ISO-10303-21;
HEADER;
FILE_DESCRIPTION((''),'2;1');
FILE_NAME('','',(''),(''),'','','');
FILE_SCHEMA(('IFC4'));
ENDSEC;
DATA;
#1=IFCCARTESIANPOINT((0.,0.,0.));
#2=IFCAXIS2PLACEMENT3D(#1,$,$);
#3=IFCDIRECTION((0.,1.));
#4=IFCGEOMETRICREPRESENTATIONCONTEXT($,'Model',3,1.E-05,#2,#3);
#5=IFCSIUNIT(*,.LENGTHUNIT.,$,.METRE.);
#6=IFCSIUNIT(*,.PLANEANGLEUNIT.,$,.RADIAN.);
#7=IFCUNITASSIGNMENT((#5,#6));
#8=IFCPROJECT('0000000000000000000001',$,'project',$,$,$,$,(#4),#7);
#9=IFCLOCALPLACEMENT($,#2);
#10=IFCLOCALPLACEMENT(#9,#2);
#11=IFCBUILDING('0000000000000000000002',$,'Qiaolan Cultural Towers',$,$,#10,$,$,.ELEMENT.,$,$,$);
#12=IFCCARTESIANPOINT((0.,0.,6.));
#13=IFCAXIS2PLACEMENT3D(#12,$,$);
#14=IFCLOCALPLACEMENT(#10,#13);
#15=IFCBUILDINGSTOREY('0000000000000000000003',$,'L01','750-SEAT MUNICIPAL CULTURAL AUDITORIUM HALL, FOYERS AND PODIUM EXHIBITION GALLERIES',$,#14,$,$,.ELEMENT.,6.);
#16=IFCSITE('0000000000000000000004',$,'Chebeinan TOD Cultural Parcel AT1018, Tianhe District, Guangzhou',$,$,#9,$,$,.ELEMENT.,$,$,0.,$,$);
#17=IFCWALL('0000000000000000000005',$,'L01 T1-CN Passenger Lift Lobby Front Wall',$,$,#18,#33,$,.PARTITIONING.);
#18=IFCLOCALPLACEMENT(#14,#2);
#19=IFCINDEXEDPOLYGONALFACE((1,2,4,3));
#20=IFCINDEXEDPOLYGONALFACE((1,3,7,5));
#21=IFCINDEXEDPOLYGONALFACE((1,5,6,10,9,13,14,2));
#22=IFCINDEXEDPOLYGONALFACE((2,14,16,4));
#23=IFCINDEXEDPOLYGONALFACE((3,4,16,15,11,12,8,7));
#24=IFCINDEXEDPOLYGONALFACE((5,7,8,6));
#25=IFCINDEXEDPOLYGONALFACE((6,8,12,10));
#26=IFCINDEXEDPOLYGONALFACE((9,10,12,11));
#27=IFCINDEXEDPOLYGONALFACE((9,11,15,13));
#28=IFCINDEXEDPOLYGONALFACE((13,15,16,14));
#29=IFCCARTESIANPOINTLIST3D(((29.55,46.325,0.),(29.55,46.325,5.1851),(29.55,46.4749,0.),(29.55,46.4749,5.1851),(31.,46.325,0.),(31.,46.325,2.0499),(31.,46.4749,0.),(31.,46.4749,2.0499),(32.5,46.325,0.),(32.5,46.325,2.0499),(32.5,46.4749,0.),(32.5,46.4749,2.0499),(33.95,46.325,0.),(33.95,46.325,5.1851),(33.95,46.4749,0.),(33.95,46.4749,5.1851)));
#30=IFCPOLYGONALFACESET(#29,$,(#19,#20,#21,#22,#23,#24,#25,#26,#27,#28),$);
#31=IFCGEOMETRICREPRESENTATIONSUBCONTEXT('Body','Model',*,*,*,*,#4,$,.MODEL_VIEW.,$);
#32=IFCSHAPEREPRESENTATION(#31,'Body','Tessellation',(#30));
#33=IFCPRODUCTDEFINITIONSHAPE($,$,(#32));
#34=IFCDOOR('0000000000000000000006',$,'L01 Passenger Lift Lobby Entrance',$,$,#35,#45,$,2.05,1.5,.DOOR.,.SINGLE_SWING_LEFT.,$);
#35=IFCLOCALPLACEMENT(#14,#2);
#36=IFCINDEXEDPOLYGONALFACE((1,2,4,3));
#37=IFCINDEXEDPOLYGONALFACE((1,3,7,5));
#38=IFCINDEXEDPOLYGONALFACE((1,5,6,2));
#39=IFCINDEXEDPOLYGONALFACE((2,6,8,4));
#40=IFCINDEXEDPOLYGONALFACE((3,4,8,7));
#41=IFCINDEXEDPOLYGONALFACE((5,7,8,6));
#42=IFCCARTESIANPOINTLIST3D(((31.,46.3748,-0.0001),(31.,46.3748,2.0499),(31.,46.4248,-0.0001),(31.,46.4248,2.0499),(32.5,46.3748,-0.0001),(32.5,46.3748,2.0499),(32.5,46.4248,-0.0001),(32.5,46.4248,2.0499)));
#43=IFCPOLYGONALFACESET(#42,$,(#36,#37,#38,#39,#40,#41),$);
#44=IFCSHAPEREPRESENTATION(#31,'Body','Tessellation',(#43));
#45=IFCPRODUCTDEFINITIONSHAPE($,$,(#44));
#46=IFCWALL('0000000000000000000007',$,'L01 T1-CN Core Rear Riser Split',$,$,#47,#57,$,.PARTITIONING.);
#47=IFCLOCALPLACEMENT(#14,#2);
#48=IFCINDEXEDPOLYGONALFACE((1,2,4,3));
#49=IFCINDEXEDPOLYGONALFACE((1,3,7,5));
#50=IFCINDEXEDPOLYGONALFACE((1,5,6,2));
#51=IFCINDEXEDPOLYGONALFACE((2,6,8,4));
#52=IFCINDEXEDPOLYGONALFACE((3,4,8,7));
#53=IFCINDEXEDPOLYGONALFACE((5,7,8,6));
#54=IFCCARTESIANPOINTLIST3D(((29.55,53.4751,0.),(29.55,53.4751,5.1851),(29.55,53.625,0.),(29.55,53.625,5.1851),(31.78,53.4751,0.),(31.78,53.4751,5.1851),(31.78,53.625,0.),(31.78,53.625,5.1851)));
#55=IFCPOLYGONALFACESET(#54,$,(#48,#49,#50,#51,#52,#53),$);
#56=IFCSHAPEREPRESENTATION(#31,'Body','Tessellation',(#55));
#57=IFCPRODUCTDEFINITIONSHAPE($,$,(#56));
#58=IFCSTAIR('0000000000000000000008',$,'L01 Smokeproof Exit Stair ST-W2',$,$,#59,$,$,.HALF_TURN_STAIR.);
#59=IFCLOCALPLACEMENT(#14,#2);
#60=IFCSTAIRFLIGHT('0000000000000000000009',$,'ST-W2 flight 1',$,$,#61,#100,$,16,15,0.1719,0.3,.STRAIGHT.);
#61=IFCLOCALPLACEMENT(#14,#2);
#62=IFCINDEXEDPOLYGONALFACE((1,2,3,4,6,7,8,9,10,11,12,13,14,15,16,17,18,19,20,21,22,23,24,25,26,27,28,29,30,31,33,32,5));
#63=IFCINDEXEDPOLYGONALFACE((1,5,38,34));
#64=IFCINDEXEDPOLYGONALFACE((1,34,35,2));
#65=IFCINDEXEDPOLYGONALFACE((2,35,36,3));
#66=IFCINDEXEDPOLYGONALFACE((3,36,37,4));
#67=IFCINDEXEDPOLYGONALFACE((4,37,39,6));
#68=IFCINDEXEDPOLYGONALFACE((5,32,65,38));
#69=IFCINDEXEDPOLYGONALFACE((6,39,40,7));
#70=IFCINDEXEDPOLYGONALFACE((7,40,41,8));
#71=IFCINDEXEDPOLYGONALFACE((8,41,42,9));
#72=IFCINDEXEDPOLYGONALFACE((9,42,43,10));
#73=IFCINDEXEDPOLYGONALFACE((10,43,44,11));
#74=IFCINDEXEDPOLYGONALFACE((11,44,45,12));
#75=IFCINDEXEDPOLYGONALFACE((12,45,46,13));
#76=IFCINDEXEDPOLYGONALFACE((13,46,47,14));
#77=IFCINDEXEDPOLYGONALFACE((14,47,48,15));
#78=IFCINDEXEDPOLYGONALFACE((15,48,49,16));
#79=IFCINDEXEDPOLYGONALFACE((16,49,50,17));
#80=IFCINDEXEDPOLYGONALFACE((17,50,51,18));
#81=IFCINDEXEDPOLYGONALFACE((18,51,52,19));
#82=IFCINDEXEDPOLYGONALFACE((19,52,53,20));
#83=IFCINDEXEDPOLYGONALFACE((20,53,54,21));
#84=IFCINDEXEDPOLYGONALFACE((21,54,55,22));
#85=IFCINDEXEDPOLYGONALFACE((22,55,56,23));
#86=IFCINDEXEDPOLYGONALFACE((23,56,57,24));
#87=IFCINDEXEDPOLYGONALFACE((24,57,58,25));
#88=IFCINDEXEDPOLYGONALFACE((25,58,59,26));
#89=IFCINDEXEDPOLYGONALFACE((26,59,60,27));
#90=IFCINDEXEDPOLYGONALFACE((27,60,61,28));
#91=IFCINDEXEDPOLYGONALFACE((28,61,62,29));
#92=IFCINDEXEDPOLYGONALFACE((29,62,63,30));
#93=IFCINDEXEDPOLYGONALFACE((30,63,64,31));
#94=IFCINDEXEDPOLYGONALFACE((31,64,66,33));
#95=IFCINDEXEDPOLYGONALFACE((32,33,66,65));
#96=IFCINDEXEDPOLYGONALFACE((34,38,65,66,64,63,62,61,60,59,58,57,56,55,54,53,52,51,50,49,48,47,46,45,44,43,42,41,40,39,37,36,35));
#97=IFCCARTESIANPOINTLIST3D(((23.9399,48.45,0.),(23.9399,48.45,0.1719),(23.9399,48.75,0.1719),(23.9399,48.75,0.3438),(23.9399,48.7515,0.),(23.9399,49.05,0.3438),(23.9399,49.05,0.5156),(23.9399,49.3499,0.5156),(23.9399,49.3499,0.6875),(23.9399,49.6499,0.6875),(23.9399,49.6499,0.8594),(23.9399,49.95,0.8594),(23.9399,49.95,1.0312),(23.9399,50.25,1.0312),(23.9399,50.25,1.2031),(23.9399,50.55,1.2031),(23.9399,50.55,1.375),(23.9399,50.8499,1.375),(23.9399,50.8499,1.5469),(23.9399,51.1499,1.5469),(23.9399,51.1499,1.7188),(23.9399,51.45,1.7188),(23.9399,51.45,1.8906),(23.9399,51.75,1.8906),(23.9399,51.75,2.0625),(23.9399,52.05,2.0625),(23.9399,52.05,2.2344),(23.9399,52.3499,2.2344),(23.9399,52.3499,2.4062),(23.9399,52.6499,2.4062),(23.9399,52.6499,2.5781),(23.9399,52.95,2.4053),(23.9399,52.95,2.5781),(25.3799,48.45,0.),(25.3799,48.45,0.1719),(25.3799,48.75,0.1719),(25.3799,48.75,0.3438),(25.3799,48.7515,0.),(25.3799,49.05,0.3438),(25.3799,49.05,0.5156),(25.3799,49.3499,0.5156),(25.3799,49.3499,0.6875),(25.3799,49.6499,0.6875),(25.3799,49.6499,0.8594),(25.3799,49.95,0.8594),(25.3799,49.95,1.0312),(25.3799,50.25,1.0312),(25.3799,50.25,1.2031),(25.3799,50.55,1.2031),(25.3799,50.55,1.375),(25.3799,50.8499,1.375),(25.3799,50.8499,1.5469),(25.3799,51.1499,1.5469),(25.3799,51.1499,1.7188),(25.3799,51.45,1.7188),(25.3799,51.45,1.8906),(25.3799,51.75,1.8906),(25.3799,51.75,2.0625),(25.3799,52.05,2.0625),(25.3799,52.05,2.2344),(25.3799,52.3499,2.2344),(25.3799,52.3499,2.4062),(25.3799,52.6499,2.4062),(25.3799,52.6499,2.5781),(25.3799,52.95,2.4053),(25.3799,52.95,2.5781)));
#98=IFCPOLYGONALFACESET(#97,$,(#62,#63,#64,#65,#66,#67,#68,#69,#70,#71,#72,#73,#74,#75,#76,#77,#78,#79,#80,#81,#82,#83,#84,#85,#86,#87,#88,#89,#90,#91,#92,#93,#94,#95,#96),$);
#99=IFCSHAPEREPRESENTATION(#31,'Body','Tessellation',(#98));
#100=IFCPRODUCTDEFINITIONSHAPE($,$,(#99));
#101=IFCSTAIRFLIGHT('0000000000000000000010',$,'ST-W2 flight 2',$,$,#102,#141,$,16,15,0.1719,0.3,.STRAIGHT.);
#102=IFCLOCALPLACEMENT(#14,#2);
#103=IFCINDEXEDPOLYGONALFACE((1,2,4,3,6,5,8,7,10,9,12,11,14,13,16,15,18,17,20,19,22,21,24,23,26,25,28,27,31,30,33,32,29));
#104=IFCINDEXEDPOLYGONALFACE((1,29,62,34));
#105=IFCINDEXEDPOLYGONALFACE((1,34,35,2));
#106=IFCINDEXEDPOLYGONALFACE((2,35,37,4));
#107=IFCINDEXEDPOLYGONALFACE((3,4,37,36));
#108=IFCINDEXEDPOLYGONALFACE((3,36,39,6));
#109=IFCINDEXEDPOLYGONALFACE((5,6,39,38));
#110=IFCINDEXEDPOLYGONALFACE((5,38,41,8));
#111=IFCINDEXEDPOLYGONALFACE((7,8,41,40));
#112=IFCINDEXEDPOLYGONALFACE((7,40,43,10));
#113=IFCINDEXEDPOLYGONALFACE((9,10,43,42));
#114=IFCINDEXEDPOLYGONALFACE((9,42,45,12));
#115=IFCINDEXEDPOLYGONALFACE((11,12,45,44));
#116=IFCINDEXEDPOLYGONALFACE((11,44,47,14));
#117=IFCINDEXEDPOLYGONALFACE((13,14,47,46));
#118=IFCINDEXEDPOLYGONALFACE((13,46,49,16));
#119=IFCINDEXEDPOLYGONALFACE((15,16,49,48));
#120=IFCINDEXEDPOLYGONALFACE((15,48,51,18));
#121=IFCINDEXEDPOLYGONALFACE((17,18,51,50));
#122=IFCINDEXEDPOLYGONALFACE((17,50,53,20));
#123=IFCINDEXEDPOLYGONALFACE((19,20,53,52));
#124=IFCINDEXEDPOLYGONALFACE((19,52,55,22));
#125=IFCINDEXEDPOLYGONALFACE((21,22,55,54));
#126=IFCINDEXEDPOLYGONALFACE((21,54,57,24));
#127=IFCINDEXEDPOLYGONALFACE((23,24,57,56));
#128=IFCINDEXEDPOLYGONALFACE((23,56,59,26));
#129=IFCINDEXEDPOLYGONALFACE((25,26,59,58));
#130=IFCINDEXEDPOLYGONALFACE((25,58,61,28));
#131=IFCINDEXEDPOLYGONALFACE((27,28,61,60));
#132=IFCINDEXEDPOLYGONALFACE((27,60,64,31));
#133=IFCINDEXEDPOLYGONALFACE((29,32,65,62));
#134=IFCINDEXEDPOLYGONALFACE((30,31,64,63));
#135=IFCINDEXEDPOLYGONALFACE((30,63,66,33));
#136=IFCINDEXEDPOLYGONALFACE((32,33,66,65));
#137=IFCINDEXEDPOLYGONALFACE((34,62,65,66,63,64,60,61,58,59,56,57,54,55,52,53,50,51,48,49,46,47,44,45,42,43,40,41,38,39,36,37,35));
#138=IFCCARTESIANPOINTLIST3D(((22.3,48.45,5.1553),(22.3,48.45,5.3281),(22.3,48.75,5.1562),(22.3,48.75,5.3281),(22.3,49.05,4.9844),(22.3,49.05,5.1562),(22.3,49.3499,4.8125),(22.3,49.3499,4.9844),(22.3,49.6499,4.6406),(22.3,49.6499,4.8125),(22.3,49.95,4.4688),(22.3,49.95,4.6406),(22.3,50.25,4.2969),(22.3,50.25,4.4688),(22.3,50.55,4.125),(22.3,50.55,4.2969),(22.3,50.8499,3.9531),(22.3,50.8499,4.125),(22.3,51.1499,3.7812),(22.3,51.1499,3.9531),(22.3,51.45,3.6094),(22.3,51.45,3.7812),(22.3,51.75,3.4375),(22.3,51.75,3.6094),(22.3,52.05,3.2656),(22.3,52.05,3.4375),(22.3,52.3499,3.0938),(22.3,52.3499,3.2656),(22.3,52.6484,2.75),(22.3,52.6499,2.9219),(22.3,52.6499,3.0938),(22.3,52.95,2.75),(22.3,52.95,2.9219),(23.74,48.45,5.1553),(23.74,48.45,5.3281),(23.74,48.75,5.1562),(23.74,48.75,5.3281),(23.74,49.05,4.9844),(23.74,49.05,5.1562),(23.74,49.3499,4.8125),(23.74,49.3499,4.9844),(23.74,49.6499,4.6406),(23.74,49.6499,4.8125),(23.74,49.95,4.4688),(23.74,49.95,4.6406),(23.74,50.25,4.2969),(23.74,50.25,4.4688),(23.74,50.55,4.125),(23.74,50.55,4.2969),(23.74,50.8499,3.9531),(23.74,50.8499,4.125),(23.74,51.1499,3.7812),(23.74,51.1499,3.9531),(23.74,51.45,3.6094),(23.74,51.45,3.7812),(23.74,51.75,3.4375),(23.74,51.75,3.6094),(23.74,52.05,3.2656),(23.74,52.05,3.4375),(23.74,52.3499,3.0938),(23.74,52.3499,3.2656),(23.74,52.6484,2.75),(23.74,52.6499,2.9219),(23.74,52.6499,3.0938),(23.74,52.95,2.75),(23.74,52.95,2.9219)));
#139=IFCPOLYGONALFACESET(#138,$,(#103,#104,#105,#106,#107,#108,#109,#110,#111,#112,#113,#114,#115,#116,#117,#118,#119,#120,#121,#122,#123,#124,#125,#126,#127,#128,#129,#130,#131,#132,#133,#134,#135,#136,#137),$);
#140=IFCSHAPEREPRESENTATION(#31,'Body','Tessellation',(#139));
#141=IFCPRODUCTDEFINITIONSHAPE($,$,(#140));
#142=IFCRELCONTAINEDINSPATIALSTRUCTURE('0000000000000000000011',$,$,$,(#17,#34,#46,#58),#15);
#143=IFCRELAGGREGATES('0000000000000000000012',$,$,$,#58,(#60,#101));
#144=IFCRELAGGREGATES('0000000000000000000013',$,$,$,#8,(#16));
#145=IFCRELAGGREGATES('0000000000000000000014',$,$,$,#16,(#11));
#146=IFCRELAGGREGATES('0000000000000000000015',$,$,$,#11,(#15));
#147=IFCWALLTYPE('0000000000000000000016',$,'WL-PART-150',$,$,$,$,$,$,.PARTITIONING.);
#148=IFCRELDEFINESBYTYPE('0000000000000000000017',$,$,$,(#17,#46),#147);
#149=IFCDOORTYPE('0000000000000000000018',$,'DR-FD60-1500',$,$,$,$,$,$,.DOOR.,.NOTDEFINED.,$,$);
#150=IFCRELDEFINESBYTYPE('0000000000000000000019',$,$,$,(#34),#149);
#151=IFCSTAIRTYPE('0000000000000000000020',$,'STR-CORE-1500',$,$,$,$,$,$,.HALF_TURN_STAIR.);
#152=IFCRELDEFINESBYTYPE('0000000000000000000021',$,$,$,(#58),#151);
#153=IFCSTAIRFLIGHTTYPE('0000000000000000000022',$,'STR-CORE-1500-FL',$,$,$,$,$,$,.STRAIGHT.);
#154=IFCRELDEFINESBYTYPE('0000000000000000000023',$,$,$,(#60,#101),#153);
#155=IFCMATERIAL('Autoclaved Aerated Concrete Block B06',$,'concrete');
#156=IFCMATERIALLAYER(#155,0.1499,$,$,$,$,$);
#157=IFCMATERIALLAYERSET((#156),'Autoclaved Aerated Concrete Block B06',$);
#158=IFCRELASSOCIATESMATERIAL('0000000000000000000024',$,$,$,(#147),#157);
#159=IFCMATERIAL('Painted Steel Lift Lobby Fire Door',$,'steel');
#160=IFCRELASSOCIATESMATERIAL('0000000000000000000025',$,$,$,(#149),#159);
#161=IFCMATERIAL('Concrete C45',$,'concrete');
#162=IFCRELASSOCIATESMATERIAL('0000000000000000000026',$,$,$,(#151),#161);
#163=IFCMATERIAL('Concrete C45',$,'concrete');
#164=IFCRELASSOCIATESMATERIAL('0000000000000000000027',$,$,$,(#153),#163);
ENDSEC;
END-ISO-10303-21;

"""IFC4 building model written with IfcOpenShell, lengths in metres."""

from ifc_helpers import new_model, si_unit, direction, frame, frame_2d, origin, place, context, subcontext, project, spatial, polyline, rectangle, outline, extrude, material, layer, layer_set, type_object, element, fill, aggregate, save


model = new_model("IFC4")

# Units and contexts
model_context = context("Model", 3, precision=1e-05, world=origin(), true_north=direction((0.0, 1.0)))
body_context = subcontext(model_context, "Body", "Model", "MODEL_VIEW")
ifc_project = project(units=[si_unit("LENGTHUNIT", "METRE"), si_unit("PLANEANGLEUNIT", "RADIAN")], contexts=[model_context])

# Site, building, storey
site_placement = place(None, origin())
site = spatial("IfcSite", under=ifc_project, at=site_placement, Name="Chebeinan TOD Cultural Parcel AT1018, Tianhe District, Guangzhou", CompositionType="ELEMENT", RefElevation=0.0)
building_placement = place(site_placement, origin())
building = spatial("IfcBuilding", under=site, at=building_placement, Name="Qiaolan Cultural Towers", CompositionType="ELEMENT")
storey_placement = place(building_placement, frame((0.0, 0.0, 6.0)))
storey = spatial("IfcBuildingStorey", under=building, at=storey_placement, Name="L01", Description="750-SEAT MUNICIPAL CULTURAL AUDITORIUM HALL, FOYERS AND PODIUM EXHIBITION GALLERIES", CompositionType="ELEMENT", Elevation=6.0)

# Wall, opening, door
ifc_material_1 = material(Name="Autoclaved Aerated Concrete Block B06", Category="concrete")
ifc_layer_1 = layer(ifc_material_1, 0.1499)
ifc_layer_set_1 = layer_set([ifc_layer_1], Name="Autoclaved Aerated Concrete Block B06")
wall_type_1 = type_object("IfcWallType", Name="WL-PART-150", PredefinedType="PARTITIONING", material=ifc_layer_set_1)
wall_1_placement = place(storey_placement, frame((29.55, 46.3999, 0.0), z_axis=(0.0, 0.0, 1.0), x_axis=(1.0, 0.0, 0.0)))
wall_1 = element("IfcWall", 1, at=wall_1_placement, inside=storey, type_object=wall_type_1, Name="L01 T1-CN Passenger Lift Lobby Front Wall", PredefinedType="PARTITIONING", context=body_context, shape_type="SweptSolid", body=[
    extrude(rectangle(XDim=4.3999, YDim=0.1499, at=frame_2d((2.2, 0.0))), origin(), (0.0, 0.0, 1.0), 5.1851),
])
opening_1_placement = place(wall_1_placement, frame((1.45, 0.0, 0.0)))
opening_1 = element("IfcOpeningElement", 2, at=opening_1_placement, cuts=wall_1, PredefinedType="OPENING", context=body_context, shape_type="SweptSolid", body=[
    extrude(rectangle(XDim=1.5, YDim=2.05, at=frame_2d((0.75, 1.0249))), frame((0.0, 0.085, 0.0), z_axis=(0.0, -1.0, 0.0), x_axis=(1.0, 0.0, 0.0)), (0.0, 0.0, 1.0), 0.1699),
])
ifc_material_2 = material(Name="Painted Steel Lift Lobby Fire Door", Category="steel")
door_type_1 = type_object("IfcDoorType", Name="DR-FD60-1500", OperationType="NOTDEFINED", PredefinedType="DOOR", material=ifc_material_2)
door_1_placement = place(opening_1_placement, origin())
door_1 = element("IfcDoor", 3, at=door_1_placement, inside=storey, type_object=door_type_1, Name="L01 Passenger Lift Lobby Entrance", OperationType="SINGLE_SWING_LEFT", OverallHeight=2.05, OverallWidth=1.5, PredefinedType="DOOR", context=body_context, shape_type="SweptSolid", body=[
    extrude(rectangle(XDim=1.5, YDim=2.05, at=frame_2d((0.75, 1.0249))), frame((0.0, 0.0249, 0.0), z_axis=(0.0, -1.0, 0.0), x_axis=(1.0, 0.0, 0.0)), (0.0, 0.0, 1.0), 0.05),
])
fill(opening_1, door_1)

# Wall
wall_2_placement = place(storey_placement, frame((29.55, 53.55, 0.0), z_axis=(0.0, 0.0, 1.0), x_axis=(1.0, 0.0, 0.0)))
element("IfcWall", 4, at=wall_2_placement, inside=storey, type_object=wall_type_1, Name="L01 T1-CN Core Rear Riser Split", PredefinedType="PARTITIONING", context=body_context, shape_type="SweptSolid", body=[
    extrude(rectangle(XDim=2.23, YDim=0.1499, at=frame_2d((1.115, 0.0))), origin(), (0.0, 0.0, 1.0), 5.1851),
])

# Stair, stair flights
ifc_material_3 = material(Name="Concrete C45", Category="concrete")
stair_type = type_object("IfcStairType", Name="STR-CORE-1500", PredefinedType="HALF_TURN_STAIR", material=ifc_material_3)
stair_placement = place(storey_placement, origin())
stair = element("IfcStair", 5, at=stair_placement, inside=storey, type_object=stair_type, Name="L01 Smokeproof Exit Stair ST-W2", PredefinedType="HALF_TURN_STAIR")
ifc_material_4 = material(Name="Concrete C45", Category="concrete")
stair_flight_type = type_object("IfcStairFlightType", Name="STR-CORE-1500-FL", PredefinedType="STRAIGHT", material=ifc_material_4)
stair_flight_1_placement = place(storey_placement, frame((24.6599, 48.45, 0.0), z_axis=(0.0, 0.0, 1.0), x_axis=(0.0, 1.0, 0.0)))
stair_flight_1 = element("IfcStairFlight", 6, at=stair_flight_1_placement, type_object=stair_flight_type, Name="ST-W2 flight 1", NumberOfRisers=16, NumberOfTreads=15, PredefinedType="STRAIGHT", RiserHeight=0.1719, TreadLength=0.3, context=body_context, shape_type="SweptSolid", body=[
    extrude(outline(polyline([(0.0, 0.0), (0.0, 0.1719), (0.3, 0.1719), (0.3, 0.3438), (0.6001, 0.3438), (0.6001, 0.5156), (0.8999, 0.5156), (0.8999, 0.6875), (1.2, 0.6875), (1.2, 0.8594), (1.5, 0.8594), (1.5, 1.0312), (1.8, 1.0312), (1.8, 1.2031), (2.1001, 1.2031), (2.1001, 1.375), (2.3999, 1.375), (2.3999, 1.5469), (2.7, 1.5469), (2.7, 1.7188), (3.0, 1.7188), (3.0, 1.8906), (3.3, 1.8906), (3.3, 2.0625), (3.6001, 2.0625), (3.6001, 2.2344), (3.8999, 2.2344), (3.8999, 2.4062), (4.2, 2.4062), (4.2, 2.5781), (4.5, 2.5781), (4.5, 2.75), (4.5, 2.4053), (0.3015, 0.0), (0.0, 0.0)])), frame((0.0, 0.72, 0.0), z_axis=(0.0, -1.0, 0.0), x_axis=(1.0, 0.0, 0.0)), (0.0, 0.0, 1.0), 1.4399),
])
stair_flight_2_placement = place(storey_placement, frame((23.02, 52.95, 2.75), z_axis=(0.0, 0.0, 1.0), x_axis=(0.0, -1.0, 0.0)))
stair_flight_2 = element("IfcStairFlight", 7, at=stair_flight_2_placement, type_object=stair_flight_type, Name="ST-W2 flight 2", NumberOfRisers=16, NumberOfTreads=15, PredefinedType="STRAIGHT", RiserHeight=0.1719, TreadLength=0.3, context=body_context, shape_type="SweptSolid", body=[
    extrude(outline(polyline([(0.0, 0.0), (0.0, 0.1719), (0.3, 0.1719), (0.3, 0.3438), (0.6001, 0.3438), (0.6001, 0.5156), (0.8999, 0.5156), (0.8999, 0.6875), (1.2, 0.6875), (1.2, 0.8594), (1.5, 0.8594), (1.5, 1.0312), (1.8, 1.0312), (1.8, 1.2031), (2.1001, 1.2031), (2.1001, 1.375), (2.3999, 1.375), (2.3999, 1.5469), (2.7, 1.5469), (2.7, 1.7188), (3.0, 1.7188), (3.0, 1.8906), (3.3, 1.8906), (3.3, 2.0625), (3.6001, 2.0625), (3.6001, 2.2344), (3.8999, 2.2344), (3.8999, 2.4062), (4.2, 2.4062), (4.2, 2.5781), (4.5, 2.5781), (4.5, 2.75), (4.5, 2.4053), (0.3015, 0.0), (0.0, 0.0)])), frame((0.0, 0.72, 0.0), z_axis=(0.0, -1.0, 0.0), x_axis=(1.0, 0.0, 0.0)), (0.0, 0.0, 1.0), 1.4399),
])
aggregate(stair, [stair_flight_1, stair_flight_2])

save(model, "model.ifc")
